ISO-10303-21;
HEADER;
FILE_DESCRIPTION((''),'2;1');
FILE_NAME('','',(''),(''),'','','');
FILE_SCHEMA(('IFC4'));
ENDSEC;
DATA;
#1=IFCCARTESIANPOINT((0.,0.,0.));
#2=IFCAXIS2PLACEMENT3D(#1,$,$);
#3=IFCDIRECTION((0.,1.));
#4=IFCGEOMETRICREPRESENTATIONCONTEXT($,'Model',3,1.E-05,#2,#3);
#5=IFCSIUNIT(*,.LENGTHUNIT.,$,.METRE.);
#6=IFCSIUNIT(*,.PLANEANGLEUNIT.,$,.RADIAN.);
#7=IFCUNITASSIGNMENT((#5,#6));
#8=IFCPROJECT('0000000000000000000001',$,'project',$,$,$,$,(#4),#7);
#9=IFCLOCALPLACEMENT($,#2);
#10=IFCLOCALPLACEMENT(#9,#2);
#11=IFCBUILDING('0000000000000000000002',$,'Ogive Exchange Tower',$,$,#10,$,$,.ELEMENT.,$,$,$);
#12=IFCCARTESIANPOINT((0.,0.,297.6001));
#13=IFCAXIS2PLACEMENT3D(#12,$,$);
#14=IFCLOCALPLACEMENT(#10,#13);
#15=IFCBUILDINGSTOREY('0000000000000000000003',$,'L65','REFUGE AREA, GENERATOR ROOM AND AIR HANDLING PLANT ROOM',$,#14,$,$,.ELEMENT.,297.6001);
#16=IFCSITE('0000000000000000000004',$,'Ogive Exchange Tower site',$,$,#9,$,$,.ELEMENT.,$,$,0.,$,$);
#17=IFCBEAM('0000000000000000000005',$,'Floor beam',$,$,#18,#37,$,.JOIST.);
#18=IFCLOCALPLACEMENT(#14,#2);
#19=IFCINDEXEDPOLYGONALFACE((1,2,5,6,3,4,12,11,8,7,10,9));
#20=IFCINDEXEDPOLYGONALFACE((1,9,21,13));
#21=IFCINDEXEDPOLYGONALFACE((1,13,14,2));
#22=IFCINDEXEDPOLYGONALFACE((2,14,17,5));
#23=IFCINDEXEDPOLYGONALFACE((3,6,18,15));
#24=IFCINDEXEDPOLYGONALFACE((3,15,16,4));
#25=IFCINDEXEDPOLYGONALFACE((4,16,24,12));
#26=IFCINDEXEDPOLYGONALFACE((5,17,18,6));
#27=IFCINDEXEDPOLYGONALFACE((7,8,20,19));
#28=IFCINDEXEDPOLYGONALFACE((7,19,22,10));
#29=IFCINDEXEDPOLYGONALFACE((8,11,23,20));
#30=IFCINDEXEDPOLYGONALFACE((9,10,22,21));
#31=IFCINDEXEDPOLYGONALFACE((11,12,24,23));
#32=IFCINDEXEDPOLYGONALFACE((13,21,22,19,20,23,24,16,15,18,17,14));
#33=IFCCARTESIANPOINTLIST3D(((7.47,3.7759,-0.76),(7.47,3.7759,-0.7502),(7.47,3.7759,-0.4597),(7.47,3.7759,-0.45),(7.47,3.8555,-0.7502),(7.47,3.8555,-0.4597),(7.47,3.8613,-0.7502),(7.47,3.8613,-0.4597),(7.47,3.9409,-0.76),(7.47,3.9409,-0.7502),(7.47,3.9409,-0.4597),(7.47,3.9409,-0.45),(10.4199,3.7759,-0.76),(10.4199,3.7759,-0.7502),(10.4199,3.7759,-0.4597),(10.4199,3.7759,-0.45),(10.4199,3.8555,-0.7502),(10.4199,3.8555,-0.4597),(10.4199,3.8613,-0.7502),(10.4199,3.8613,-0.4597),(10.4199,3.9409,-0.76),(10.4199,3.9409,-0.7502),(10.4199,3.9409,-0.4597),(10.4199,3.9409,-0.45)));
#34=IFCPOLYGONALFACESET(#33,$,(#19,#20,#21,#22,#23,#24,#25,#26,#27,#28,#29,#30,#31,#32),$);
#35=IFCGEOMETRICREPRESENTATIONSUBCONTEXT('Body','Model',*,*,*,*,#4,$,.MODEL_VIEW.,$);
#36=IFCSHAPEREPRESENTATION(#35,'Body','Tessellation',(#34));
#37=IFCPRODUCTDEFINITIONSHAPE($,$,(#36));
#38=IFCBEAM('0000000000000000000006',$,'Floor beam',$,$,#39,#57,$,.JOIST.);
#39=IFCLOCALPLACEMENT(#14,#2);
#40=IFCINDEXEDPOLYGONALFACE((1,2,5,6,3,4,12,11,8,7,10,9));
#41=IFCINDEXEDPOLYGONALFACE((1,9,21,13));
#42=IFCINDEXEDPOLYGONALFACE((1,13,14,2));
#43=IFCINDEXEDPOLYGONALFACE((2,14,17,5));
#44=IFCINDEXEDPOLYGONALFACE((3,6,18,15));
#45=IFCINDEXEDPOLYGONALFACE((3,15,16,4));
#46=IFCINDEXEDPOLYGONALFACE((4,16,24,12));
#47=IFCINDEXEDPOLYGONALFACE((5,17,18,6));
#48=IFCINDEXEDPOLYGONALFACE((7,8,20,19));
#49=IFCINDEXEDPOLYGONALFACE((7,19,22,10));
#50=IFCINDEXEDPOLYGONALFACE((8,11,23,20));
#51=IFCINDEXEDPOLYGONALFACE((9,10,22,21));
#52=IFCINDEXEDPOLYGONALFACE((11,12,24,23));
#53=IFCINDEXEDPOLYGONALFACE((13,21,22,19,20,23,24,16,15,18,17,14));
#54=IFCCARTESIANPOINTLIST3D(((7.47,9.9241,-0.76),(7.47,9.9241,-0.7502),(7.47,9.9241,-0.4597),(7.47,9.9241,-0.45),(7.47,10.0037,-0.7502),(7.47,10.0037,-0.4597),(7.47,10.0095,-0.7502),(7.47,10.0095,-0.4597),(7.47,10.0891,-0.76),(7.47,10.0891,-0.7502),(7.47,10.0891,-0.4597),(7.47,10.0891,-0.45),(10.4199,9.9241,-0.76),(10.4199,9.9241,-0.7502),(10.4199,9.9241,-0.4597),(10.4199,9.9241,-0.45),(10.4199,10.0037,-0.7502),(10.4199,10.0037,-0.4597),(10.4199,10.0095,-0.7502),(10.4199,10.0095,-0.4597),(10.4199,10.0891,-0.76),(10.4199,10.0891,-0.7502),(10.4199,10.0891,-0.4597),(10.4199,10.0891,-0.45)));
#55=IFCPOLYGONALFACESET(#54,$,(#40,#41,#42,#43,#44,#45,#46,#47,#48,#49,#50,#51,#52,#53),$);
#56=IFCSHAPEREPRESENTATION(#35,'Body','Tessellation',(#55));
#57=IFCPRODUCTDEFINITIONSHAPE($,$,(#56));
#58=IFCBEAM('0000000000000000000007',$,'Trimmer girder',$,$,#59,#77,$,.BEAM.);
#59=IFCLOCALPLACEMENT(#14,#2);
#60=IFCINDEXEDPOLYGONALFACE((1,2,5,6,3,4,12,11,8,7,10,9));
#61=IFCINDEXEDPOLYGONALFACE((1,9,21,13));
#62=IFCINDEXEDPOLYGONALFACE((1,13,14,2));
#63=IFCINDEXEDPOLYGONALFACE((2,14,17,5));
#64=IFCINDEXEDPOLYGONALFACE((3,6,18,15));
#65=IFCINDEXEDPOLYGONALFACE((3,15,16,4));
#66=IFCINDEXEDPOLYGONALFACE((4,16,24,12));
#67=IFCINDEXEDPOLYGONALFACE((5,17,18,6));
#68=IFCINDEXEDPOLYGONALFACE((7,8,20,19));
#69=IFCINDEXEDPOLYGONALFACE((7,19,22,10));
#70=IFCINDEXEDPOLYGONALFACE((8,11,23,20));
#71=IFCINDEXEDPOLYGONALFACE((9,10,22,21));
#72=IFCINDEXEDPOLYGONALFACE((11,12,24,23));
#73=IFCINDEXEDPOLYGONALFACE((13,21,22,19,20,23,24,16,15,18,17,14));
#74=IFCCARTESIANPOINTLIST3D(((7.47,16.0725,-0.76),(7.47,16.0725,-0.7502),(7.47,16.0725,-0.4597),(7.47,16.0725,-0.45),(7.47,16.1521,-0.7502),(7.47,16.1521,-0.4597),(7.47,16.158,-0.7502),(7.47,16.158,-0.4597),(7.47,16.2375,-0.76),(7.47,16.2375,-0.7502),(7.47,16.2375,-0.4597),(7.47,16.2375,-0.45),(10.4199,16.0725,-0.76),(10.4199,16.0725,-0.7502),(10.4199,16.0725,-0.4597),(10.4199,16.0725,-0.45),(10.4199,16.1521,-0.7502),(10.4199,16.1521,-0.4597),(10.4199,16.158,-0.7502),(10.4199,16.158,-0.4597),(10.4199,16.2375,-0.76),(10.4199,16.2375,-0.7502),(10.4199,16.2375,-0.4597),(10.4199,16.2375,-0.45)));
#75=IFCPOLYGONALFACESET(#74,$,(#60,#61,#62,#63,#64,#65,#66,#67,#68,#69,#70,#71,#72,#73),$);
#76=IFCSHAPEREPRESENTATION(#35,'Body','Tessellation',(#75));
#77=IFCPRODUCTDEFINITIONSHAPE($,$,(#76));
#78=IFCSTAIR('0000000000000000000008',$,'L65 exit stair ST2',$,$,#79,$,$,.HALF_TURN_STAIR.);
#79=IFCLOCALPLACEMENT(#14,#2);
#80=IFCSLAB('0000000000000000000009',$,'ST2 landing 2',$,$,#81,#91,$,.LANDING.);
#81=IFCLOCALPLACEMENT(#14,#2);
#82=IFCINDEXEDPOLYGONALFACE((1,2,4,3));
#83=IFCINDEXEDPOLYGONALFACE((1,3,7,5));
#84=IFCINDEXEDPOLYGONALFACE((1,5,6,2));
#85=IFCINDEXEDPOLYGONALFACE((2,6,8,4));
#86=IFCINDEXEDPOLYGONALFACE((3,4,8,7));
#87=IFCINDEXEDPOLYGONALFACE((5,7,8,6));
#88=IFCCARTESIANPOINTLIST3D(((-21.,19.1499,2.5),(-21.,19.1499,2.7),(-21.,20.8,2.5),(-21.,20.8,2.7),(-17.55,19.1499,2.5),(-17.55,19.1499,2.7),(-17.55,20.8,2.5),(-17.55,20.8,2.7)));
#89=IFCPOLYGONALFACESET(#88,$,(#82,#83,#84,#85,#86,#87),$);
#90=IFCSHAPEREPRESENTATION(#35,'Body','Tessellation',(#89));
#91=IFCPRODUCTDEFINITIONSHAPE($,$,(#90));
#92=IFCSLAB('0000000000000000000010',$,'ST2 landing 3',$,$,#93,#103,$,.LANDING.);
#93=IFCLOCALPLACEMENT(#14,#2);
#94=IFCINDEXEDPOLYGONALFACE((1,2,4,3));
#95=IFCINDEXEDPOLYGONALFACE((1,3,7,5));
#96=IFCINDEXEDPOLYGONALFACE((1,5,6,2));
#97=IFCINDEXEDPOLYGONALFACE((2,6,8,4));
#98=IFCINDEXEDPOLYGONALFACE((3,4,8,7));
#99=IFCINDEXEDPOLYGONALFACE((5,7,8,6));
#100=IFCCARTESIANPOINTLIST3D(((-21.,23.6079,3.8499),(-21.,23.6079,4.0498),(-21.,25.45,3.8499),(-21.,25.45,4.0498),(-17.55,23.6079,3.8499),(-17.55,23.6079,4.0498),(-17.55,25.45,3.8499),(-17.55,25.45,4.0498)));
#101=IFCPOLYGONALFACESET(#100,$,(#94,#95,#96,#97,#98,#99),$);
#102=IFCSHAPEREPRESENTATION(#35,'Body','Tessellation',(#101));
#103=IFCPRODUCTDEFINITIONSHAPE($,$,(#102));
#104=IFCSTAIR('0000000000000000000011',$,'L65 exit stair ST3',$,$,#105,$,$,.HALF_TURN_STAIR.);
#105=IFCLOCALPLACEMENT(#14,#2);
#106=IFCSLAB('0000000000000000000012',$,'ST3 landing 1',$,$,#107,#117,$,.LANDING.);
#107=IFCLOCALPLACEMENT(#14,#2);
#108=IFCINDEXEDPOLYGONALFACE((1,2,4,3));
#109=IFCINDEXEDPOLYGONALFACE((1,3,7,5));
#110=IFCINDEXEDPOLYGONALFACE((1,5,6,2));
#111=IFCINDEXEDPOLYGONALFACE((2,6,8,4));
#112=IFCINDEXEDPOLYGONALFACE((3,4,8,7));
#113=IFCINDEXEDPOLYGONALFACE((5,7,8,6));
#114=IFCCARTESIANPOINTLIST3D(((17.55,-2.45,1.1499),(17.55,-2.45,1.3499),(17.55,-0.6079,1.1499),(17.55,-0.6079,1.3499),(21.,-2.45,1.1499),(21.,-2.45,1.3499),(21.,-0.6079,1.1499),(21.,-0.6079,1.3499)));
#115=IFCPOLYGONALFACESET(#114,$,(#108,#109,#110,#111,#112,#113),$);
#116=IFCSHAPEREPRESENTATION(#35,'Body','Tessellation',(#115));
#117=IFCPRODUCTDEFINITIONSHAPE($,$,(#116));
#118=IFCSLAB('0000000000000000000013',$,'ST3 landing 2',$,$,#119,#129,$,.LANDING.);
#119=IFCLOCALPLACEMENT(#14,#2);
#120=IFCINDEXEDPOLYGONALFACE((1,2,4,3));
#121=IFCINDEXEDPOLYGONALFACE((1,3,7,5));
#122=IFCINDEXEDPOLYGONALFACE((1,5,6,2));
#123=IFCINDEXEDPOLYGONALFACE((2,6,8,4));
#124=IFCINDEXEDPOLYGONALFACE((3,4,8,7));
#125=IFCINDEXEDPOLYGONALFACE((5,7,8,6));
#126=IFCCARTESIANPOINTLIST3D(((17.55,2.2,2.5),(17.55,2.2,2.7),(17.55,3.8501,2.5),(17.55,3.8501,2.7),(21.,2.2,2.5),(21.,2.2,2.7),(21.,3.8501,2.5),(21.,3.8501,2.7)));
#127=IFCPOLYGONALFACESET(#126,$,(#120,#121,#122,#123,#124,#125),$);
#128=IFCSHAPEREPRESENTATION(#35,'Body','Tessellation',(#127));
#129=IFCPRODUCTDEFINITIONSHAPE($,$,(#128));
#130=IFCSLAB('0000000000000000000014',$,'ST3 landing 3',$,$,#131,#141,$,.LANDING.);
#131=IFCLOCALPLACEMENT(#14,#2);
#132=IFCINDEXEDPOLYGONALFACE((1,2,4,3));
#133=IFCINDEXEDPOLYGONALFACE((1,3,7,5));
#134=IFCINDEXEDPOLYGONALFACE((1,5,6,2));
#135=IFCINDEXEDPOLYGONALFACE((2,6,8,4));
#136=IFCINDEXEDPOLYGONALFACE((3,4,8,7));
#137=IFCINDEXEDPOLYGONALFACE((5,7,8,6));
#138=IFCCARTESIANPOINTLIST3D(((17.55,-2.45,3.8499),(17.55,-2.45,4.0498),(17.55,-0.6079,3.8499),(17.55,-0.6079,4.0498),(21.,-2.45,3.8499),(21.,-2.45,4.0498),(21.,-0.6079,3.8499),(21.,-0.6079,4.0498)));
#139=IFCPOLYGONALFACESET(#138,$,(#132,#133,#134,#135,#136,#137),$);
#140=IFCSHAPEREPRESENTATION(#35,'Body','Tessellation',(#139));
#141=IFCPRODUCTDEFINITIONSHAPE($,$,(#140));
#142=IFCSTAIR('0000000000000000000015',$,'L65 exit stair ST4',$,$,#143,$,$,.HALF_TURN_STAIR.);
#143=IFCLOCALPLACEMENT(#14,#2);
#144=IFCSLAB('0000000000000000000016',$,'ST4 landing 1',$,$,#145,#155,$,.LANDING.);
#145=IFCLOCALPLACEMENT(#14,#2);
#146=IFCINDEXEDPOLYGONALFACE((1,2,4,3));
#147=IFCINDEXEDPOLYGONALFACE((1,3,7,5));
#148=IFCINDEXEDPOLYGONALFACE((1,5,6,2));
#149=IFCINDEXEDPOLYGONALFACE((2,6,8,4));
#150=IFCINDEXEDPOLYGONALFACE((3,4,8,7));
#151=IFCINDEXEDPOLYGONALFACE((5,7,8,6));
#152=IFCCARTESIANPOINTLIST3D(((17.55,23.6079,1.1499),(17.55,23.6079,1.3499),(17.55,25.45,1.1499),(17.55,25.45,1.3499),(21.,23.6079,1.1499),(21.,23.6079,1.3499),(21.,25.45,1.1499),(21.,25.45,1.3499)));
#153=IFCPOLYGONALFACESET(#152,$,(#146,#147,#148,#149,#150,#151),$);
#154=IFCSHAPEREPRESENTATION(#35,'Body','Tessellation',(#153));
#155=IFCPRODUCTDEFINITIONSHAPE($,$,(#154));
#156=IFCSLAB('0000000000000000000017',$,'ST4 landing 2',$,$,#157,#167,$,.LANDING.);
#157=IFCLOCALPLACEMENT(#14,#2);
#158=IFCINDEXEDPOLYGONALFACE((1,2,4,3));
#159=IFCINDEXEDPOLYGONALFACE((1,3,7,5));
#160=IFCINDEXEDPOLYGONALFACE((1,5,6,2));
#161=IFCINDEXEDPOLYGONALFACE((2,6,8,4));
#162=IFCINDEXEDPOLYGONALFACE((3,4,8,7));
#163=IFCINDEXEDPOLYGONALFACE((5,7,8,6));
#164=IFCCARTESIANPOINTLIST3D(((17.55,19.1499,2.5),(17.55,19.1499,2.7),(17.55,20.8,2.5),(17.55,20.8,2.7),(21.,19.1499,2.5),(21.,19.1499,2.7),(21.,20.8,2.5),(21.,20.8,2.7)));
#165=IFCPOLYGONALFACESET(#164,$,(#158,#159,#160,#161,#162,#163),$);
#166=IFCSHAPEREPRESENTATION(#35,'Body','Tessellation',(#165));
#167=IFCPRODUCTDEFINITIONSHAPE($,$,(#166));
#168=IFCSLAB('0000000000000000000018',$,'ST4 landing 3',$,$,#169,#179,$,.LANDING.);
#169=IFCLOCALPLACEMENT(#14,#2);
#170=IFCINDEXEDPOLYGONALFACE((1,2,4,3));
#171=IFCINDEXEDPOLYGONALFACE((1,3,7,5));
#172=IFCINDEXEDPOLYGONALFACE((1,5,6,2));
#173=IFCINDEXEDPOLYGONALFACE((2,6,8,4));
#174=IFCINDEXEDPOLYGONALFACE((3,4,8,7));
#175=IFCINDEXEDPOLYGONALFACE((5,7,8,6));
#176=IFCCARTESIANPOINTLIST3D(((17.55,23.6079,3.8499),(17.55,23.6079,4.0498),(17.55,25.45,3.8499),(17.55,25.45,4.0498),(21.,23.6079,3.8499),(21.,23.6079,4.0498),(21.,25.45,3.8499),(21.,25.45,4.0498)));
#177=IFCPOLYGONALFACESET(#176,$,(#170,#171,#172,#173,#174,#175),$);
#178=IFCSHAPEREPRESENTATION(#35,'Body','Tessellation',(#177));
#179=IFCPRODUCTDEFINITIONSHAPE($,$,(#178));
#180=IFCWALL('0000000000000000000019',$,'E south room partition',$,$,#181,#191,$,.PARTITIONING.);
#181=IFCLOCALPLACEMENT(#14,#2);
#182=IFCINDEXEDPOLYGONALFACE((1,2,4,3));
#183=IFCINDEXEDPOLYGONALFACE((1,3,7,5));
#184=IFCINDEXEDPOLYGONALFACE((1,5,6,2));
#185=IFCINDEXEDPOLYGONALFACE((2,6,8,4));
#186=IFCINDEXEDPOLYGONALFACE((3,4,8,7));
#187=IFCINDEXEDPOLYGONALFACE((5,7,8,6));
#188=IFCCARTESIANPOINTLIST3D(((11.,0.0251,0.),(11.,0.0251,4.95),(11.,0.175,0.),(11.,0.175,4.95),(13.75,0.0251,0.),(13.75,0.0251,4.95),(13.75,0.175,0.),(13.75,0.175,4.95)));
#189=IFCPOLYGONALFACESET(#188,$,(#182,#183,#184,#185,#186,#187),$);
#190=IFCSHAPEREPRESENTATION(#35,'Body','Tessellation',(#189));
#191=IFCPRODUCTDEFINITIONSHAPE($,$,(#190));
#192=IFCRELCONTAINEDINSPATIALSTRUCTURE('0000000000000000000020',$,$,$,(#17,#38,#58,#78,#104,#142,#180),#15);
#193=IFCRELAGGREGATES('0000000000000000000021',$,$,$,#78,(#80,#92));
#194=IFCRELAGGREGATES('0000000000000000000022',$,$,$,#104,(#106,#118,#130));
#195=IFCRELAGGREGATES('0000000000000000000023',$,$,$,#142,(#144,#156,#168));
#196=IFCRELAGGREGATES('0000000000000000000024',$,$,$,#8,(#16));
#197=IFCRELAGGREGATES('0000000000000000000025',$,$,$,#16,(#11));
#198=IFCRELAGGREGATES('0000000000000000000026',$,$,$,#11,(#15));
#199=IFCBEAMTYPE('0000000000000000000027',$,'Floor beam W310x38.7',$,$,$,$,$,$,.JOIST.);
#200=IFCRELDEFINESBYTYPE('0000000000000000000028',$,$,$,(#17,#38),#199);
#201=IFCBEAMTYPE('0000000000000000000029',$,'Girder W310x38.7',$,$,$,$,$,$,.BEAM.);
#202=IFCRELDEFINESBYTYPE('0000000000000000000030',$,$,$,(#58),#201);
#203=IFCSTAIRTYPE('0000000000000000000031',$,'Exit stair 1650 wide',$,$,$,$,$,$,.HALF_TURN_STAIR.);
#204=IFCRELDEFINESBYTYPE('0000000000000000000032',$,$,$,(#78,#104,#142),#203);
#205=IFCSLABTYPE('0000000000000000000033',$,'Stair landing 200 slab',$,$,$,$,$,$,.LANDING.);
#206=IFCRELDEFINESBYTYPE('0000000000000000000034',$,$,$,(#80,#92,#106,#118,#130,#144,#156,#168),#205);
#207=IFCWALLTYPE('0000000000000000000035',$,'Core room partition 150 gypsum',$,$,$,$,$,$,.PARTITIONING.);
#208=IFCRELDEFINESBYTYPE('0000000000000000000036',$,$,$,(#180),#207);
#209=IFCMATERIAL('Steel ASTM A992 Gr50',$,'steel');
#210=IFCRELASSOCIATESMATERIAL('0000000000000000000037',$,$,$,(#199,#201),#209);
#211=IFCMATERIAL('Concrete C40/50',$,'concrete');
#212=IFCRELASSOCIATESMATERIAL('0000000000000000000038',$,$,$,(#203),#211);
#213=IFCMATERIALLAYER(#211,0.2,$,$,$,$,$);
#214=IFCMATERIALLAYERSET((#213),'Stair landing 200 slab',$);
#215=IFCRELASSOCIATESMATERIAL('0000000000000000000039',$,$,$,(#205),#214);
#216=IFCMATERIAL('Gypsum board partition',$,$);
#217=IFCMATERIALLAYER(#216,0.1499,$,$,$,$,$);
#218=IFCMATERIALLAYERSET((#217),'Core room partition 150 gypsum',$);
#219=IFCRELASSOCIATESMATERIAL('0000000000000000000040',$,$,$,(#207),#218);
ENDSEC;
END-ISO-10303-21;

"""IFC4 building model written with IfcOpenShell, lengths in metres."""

from ifc_helpers import new_model, si_unit, direction, frame, frame_2d, origin, origin_2d, place, context, subcontext, project, spatial, polyline, rectangle, i_section, outline, extrude, material, layer, layer_set, material_profile, profile_set, type_object, element, aggregate, save


model = new_model("IFC4")

# Units and contexts
model_context = context("Model", 3, precision=1e-05, world=origin(), true_north=direction((0.0, 1.0)))
body_context = subcontext(model_context, "Body", "Model", "MODEL_VIEW")
ifc_project = project(units=[si_unit("LENGTHUNIT", "METRE"), si_unit("PLANEANGLEUNIT", "RADIAN")], contexts=[model_context])

# Site, building, storey
site_placement = place(None, origin())
site = spatial("IfcSite", under=ifc_project, at=site_placement, Name="Ogive Exchange Tower site", CompositionType="ELEMENT", RefElevation=0.0)
building_placement = place(site_placement, origin())
building = spatial("IfcBuilding", under=site, at=building_placement, Name="Ogive Exchange Tower", CompositionType="ELEMENT")
storey_placement = place(building_placement, frame((0.0, 0.0, 297.6001)))
storey = spatial("IfcBuildingStorey", under=building, at=storey_placement, Name="L65", Description="REFUGE AREA, GENERATOR ROOM AND AIR HANDLING PLANT ROOM", CompositionType="ELEMENT", Elevation=297.6001)

# Beams
ifc_material_1 = material(Name="Steel ASTM A992 Gr50", Category="steel")
ifc_material_profile_1 = material_profile(ifc_material_1, i_section(OverallWidth=0.165, OverallDepth=0.3101, WebThickness=0.0059, FlangeThickness=0.0098, at=origin_2d()), Name="W310x38.7")
ifc_profile_set_1 = profile_set([ifc_material_profile_1], Name="Steel ASTM A992 Gr50")
beam_type_1 = type_object("IfcBeamType", Name="Floor beam W310x38.7", PredefinedType="JOIST", material=ifc_profile_set_1)
for number, where, z_axis, x_axis, name in (
    (1, (7.47, 3.8584, -0.605), (1.0, 0.0, 0.0), (0.0, 1.0, 0.0), "Floor beam"),
    (2, (7.47, 10.0066, -0.605), (1.0, 0.0, 0.0), (0.0, 1.0, 0.0), "Floor beam"),
):
    element("IfcBeam", number, at=place(storey_placement, frame(where, z_axis=z_axis, x_axis=x_axis)), inside=storey, type_object=beam_type_1, Name=name, PredefinedType="JOIST", context=body_context, shape_type="SweptSolid", body=[
        extrude(i_section(OverallWidth=0.165, OverallDepth=0.3101, WebThickness=0.0059, FlangeThickness=0.0098, at=origin_2d()), origin(), (0.0, 0.0, 1.0), 2.95),
    ])
ifc_material_profile_2 = material_profile(ifc_material_1, i_section(OverallWidth=0.165, OverallDepth=0.3101, WebThickness=0.0059, FlangeThickness=0.0098, at=origin_2d()), Name="W310x38.7")
ifc_profile_set_2 = profile_set([ifc_material_profile_2], Name="Steel ASTM A992 Gr50")
beam_type_2 = type_object("IfcBeamType", Name="Girder W310x38.7", PredefinedType="BEAM", material=ifc_profile_set_2)
beam_placement = place(storey_placement, frame((7.47, 16.155, -0.605), z_axis=(1.0, 0.0, 0.0), x_axis=(0.0, 1.0, 0.0)))
element("IfcBeam", 3, at=beam_placement, inside=storey, type_object=beam_type_2, Name="Trimmer girder", PredefinedType="BEAM", context=body_context, shape_type="SweptSolid", body=[
    extrude(i_section(OverallWidth=0.165, OverallDepth=0.3101, WebThickness=0.0059, FlangeThickness=0.0098, at=origin_2d()), origin(), (0.0, 0.0, 1.0), 2.95),
])

# Stairs, slabs
ifc_material_2 = material(Name="Concrete C40/50", Category="concrete")
stair_type = type_object("IfcStairType", Name="Exit stair 1650 wide", PredefinedType="HALF_TURN_STAIR", material=ifc_material_2)
stair_1_placement = place(storey_placement, origin())
stair_1 = element("IfcStair", 4, at=stair_1_placement, inside=storey, type_object=stair_type, Name="L65 exit stair ST2", PredefinedType="HALF_TURN_STAIR")
ifc_layer_1 = layer(ifc_material_2, 0.2)
ifc_layer_set_1 = layer_set([ifc_layer_1], Name="Stair landing 200 slab")
slab_type = type_object("IfcSlabType", Name="Stair landing 200 slab", PredefinedType="LANDING", material=ifc_layer_set_1)
slab_1_placement = place(storey_placement, frame((0.0, 0.0, 2.5)))
slab_1 = element("IfcSlab", 5, at=slab_1_placement, type_object=slab_type, Name="ST2 landing 2", PredefinedType="LANDING", context=body_context, shape_type="SweptSolid", body=[
    extrude(outline(polyline([(-17.55, 19.1499), (-17.55, 20.8), (-21.0, 20.8), (-21.0, 19.1499), (-17.55, 19.1499)])), origin(), (0.0, 0.0, 1.0), 0.2),
])
slab_2_placement = place(storey_placement, frame((0.0, 0.0, 3.8499)))
slab_2 = element("IfcSlab", 6, at=slab_2_placement, type_object=slab_type, Name="ST2 landing 3", PredefinedType="LANDING", context=body_context, shape_type="SweptSolid", body=[
    extrude(outline(polyline([(-17.55, 23.6079), (-17.55, 25.45), (-21.0, 25.45), (-21.0, 23.6079), (-17.55, 23.6079)])), origin(), (0.0, 0.0, 1.0), 0.2),
])
aggregate(stair_1, [slab_1, slab_2])
stair_2_placement = place(storey_placement, origin())
stair_2 = element("IfcStair", 7, at=stair_2_placement, inside=storey, type_object=stair_type, Name="L65 exit stair ST3", PredefinedType="HALF_TURN_STAIR")
slab_3_placement = place(storey_placement, frame((0.0, 0.0, 1.1499)))
slab_3 = element("IfcSlab", 8, at=slab_3_placement, type_object=slab_type, Name="ST3 landing 1", PredefinedType="LANDING", context=body_context, shape_type="SweptSolid", body=[
    extrude(outline(polyline([(17.55, -0.6079), (17.55, -2.45), (21.0, -2.45), (21.0, -0.6079), (17.55, -0.6079)])), origin(), (0.0, 0.0, 1.0), 0.2),
])
slab_4_placement = place(storey_placement, frame((0.0, 0.0, 2.5)))
slab_4 = element("IfcSlab", 9, at=slab_4_placement, type_object=slab_type, Name="ST3 landing 2", PredefinedType="LANDING", context=body_context, shape_type="SweptSolid", body=[
    extrude(outline(polyline([(17.55, 3.8501), (17.55, 2.2), (21.0, 2.2), (21.0, 3.8501), (17.55, 3.8501)])), origin(), (0.0, 0.0, 1.0), 0.2),
])
slab_5_placement = place(storey_placement, frame((0.0, 0.0, 3.8499)))
slab_5 = element("IfcSlab", 10, at=slab_5_placement, type_object=slab_type, Name="ST3 landing 3", PredefinedType="LANDING", context=body_context, shape_type="SweptSolid", body=[
    extrude(outline(polyline([(17.55, -0.6079), (17.55, -2.45), (21.0, -2.45), (21.0, -0.6079), (17.55, -0.6079)])), origin(), (0.0, 0.0, 1.0), 0.2),
])
aggregate(stair_2, [slab_3, slab_4, slab_5])
stair_3_placement = place(storey_placement, origin())
stair_3 = element("IfcStair", 11, at=stair_3_placement, inside=storey, type_object=stair_type, Name="L65 exit stair ST4", PredefinedType="HALF_TURN_STAIR")
slab_6_placement = place(storey_placement, frame((0.0, 0.0, 1.1499)))
slab_6 = element("IfcSlab", 12, at=slab_6_placement, type_object=slab_type, Name="ST4 landing 1", PredefinedType="LANDING", context=body_context, shape_type="SweptSolid", body=[
    extrude(outline(polyline([(21.0, 23.6079), (21.0, 25.45), (17.55, 25.45), (17.55, 23.6079), (21.0, 23.6079)])), origin(), (0.0, 0.0, 1.0), 0.2),
])
slab_7_placement = place(storey_placement, frame((0.0, 0.0, 2.5)))
slab_7 = element("IfcSlab", 13, at=slab_7_placement, type_object=slab_type, Name="ST4 landing 2", PredefinedType="LANDING", context=body_context, shape_type="SweptSolid", body=[
    extrude(outline(polyline([(21.0, 19.1499), (21.0, 20.8), (17.55, 20.8), (17.55, 19.1499), (21.0, 19.1499)])), origin(), (0.0, 0.0, 1.0), 0.2),
])
slab_8_placement = place(storey_placement, frame((0.0, 0.0, 3.8499)))
slab_8 = element("IfcSlab", 14, at=slab_8_placement, type_object=slab_type, Name="ST4 landing 3", PredefinedType="LANDING", context=body_context, shape_type="SweptSolid", body=[
    extrude(outline(polyline([(21.0, 23.6079), (21.0, 25.45), (17.55, 25.45), (17.55, 23.6079), (21.0, 23.6079)])), origin(), (0.0, 0.0, 1.0), 0.2),
])
aggregate(stair_3, [slab_6, slab_7, slab_8])

# Wall
ifc_material_3 = material(Name="Gypsum board partition")
ifc_layer_2 = layer(ifc_material_3, 0.1499)
ifc_layer_set_2 = layer_set([ifc_layer_2], Name="Core room partition 150 gypsum")
wall_type_1 = type_object("IfcWallType", Name="Core room partition 150 gypsum", PredefinedType="PARTITIONING", material=ifc_layer_set_2)
wall_1_placement = place(storey_placement, frame((11.0, 0.1001, 0.0), z_axis=(0.0, 0.0, 1.0), x_axis=(1.0, 0.0, 0.0)))
element("IfcWall", 15, at=wall_1_placement, inside=storey, type_object=wall_type_1, Name="E south room partition", PredefinedType="PARTITIONING", context=body_context, shape_type="SweptSolid", body=[
    extrude(rectangle(XDim=2.75, YDim=0.1499, at=frame_2d((1.375, 0.0))), origin(), (0.0, 0.0, 1.0), 4.95),
])

save(model, "model.ifc")
